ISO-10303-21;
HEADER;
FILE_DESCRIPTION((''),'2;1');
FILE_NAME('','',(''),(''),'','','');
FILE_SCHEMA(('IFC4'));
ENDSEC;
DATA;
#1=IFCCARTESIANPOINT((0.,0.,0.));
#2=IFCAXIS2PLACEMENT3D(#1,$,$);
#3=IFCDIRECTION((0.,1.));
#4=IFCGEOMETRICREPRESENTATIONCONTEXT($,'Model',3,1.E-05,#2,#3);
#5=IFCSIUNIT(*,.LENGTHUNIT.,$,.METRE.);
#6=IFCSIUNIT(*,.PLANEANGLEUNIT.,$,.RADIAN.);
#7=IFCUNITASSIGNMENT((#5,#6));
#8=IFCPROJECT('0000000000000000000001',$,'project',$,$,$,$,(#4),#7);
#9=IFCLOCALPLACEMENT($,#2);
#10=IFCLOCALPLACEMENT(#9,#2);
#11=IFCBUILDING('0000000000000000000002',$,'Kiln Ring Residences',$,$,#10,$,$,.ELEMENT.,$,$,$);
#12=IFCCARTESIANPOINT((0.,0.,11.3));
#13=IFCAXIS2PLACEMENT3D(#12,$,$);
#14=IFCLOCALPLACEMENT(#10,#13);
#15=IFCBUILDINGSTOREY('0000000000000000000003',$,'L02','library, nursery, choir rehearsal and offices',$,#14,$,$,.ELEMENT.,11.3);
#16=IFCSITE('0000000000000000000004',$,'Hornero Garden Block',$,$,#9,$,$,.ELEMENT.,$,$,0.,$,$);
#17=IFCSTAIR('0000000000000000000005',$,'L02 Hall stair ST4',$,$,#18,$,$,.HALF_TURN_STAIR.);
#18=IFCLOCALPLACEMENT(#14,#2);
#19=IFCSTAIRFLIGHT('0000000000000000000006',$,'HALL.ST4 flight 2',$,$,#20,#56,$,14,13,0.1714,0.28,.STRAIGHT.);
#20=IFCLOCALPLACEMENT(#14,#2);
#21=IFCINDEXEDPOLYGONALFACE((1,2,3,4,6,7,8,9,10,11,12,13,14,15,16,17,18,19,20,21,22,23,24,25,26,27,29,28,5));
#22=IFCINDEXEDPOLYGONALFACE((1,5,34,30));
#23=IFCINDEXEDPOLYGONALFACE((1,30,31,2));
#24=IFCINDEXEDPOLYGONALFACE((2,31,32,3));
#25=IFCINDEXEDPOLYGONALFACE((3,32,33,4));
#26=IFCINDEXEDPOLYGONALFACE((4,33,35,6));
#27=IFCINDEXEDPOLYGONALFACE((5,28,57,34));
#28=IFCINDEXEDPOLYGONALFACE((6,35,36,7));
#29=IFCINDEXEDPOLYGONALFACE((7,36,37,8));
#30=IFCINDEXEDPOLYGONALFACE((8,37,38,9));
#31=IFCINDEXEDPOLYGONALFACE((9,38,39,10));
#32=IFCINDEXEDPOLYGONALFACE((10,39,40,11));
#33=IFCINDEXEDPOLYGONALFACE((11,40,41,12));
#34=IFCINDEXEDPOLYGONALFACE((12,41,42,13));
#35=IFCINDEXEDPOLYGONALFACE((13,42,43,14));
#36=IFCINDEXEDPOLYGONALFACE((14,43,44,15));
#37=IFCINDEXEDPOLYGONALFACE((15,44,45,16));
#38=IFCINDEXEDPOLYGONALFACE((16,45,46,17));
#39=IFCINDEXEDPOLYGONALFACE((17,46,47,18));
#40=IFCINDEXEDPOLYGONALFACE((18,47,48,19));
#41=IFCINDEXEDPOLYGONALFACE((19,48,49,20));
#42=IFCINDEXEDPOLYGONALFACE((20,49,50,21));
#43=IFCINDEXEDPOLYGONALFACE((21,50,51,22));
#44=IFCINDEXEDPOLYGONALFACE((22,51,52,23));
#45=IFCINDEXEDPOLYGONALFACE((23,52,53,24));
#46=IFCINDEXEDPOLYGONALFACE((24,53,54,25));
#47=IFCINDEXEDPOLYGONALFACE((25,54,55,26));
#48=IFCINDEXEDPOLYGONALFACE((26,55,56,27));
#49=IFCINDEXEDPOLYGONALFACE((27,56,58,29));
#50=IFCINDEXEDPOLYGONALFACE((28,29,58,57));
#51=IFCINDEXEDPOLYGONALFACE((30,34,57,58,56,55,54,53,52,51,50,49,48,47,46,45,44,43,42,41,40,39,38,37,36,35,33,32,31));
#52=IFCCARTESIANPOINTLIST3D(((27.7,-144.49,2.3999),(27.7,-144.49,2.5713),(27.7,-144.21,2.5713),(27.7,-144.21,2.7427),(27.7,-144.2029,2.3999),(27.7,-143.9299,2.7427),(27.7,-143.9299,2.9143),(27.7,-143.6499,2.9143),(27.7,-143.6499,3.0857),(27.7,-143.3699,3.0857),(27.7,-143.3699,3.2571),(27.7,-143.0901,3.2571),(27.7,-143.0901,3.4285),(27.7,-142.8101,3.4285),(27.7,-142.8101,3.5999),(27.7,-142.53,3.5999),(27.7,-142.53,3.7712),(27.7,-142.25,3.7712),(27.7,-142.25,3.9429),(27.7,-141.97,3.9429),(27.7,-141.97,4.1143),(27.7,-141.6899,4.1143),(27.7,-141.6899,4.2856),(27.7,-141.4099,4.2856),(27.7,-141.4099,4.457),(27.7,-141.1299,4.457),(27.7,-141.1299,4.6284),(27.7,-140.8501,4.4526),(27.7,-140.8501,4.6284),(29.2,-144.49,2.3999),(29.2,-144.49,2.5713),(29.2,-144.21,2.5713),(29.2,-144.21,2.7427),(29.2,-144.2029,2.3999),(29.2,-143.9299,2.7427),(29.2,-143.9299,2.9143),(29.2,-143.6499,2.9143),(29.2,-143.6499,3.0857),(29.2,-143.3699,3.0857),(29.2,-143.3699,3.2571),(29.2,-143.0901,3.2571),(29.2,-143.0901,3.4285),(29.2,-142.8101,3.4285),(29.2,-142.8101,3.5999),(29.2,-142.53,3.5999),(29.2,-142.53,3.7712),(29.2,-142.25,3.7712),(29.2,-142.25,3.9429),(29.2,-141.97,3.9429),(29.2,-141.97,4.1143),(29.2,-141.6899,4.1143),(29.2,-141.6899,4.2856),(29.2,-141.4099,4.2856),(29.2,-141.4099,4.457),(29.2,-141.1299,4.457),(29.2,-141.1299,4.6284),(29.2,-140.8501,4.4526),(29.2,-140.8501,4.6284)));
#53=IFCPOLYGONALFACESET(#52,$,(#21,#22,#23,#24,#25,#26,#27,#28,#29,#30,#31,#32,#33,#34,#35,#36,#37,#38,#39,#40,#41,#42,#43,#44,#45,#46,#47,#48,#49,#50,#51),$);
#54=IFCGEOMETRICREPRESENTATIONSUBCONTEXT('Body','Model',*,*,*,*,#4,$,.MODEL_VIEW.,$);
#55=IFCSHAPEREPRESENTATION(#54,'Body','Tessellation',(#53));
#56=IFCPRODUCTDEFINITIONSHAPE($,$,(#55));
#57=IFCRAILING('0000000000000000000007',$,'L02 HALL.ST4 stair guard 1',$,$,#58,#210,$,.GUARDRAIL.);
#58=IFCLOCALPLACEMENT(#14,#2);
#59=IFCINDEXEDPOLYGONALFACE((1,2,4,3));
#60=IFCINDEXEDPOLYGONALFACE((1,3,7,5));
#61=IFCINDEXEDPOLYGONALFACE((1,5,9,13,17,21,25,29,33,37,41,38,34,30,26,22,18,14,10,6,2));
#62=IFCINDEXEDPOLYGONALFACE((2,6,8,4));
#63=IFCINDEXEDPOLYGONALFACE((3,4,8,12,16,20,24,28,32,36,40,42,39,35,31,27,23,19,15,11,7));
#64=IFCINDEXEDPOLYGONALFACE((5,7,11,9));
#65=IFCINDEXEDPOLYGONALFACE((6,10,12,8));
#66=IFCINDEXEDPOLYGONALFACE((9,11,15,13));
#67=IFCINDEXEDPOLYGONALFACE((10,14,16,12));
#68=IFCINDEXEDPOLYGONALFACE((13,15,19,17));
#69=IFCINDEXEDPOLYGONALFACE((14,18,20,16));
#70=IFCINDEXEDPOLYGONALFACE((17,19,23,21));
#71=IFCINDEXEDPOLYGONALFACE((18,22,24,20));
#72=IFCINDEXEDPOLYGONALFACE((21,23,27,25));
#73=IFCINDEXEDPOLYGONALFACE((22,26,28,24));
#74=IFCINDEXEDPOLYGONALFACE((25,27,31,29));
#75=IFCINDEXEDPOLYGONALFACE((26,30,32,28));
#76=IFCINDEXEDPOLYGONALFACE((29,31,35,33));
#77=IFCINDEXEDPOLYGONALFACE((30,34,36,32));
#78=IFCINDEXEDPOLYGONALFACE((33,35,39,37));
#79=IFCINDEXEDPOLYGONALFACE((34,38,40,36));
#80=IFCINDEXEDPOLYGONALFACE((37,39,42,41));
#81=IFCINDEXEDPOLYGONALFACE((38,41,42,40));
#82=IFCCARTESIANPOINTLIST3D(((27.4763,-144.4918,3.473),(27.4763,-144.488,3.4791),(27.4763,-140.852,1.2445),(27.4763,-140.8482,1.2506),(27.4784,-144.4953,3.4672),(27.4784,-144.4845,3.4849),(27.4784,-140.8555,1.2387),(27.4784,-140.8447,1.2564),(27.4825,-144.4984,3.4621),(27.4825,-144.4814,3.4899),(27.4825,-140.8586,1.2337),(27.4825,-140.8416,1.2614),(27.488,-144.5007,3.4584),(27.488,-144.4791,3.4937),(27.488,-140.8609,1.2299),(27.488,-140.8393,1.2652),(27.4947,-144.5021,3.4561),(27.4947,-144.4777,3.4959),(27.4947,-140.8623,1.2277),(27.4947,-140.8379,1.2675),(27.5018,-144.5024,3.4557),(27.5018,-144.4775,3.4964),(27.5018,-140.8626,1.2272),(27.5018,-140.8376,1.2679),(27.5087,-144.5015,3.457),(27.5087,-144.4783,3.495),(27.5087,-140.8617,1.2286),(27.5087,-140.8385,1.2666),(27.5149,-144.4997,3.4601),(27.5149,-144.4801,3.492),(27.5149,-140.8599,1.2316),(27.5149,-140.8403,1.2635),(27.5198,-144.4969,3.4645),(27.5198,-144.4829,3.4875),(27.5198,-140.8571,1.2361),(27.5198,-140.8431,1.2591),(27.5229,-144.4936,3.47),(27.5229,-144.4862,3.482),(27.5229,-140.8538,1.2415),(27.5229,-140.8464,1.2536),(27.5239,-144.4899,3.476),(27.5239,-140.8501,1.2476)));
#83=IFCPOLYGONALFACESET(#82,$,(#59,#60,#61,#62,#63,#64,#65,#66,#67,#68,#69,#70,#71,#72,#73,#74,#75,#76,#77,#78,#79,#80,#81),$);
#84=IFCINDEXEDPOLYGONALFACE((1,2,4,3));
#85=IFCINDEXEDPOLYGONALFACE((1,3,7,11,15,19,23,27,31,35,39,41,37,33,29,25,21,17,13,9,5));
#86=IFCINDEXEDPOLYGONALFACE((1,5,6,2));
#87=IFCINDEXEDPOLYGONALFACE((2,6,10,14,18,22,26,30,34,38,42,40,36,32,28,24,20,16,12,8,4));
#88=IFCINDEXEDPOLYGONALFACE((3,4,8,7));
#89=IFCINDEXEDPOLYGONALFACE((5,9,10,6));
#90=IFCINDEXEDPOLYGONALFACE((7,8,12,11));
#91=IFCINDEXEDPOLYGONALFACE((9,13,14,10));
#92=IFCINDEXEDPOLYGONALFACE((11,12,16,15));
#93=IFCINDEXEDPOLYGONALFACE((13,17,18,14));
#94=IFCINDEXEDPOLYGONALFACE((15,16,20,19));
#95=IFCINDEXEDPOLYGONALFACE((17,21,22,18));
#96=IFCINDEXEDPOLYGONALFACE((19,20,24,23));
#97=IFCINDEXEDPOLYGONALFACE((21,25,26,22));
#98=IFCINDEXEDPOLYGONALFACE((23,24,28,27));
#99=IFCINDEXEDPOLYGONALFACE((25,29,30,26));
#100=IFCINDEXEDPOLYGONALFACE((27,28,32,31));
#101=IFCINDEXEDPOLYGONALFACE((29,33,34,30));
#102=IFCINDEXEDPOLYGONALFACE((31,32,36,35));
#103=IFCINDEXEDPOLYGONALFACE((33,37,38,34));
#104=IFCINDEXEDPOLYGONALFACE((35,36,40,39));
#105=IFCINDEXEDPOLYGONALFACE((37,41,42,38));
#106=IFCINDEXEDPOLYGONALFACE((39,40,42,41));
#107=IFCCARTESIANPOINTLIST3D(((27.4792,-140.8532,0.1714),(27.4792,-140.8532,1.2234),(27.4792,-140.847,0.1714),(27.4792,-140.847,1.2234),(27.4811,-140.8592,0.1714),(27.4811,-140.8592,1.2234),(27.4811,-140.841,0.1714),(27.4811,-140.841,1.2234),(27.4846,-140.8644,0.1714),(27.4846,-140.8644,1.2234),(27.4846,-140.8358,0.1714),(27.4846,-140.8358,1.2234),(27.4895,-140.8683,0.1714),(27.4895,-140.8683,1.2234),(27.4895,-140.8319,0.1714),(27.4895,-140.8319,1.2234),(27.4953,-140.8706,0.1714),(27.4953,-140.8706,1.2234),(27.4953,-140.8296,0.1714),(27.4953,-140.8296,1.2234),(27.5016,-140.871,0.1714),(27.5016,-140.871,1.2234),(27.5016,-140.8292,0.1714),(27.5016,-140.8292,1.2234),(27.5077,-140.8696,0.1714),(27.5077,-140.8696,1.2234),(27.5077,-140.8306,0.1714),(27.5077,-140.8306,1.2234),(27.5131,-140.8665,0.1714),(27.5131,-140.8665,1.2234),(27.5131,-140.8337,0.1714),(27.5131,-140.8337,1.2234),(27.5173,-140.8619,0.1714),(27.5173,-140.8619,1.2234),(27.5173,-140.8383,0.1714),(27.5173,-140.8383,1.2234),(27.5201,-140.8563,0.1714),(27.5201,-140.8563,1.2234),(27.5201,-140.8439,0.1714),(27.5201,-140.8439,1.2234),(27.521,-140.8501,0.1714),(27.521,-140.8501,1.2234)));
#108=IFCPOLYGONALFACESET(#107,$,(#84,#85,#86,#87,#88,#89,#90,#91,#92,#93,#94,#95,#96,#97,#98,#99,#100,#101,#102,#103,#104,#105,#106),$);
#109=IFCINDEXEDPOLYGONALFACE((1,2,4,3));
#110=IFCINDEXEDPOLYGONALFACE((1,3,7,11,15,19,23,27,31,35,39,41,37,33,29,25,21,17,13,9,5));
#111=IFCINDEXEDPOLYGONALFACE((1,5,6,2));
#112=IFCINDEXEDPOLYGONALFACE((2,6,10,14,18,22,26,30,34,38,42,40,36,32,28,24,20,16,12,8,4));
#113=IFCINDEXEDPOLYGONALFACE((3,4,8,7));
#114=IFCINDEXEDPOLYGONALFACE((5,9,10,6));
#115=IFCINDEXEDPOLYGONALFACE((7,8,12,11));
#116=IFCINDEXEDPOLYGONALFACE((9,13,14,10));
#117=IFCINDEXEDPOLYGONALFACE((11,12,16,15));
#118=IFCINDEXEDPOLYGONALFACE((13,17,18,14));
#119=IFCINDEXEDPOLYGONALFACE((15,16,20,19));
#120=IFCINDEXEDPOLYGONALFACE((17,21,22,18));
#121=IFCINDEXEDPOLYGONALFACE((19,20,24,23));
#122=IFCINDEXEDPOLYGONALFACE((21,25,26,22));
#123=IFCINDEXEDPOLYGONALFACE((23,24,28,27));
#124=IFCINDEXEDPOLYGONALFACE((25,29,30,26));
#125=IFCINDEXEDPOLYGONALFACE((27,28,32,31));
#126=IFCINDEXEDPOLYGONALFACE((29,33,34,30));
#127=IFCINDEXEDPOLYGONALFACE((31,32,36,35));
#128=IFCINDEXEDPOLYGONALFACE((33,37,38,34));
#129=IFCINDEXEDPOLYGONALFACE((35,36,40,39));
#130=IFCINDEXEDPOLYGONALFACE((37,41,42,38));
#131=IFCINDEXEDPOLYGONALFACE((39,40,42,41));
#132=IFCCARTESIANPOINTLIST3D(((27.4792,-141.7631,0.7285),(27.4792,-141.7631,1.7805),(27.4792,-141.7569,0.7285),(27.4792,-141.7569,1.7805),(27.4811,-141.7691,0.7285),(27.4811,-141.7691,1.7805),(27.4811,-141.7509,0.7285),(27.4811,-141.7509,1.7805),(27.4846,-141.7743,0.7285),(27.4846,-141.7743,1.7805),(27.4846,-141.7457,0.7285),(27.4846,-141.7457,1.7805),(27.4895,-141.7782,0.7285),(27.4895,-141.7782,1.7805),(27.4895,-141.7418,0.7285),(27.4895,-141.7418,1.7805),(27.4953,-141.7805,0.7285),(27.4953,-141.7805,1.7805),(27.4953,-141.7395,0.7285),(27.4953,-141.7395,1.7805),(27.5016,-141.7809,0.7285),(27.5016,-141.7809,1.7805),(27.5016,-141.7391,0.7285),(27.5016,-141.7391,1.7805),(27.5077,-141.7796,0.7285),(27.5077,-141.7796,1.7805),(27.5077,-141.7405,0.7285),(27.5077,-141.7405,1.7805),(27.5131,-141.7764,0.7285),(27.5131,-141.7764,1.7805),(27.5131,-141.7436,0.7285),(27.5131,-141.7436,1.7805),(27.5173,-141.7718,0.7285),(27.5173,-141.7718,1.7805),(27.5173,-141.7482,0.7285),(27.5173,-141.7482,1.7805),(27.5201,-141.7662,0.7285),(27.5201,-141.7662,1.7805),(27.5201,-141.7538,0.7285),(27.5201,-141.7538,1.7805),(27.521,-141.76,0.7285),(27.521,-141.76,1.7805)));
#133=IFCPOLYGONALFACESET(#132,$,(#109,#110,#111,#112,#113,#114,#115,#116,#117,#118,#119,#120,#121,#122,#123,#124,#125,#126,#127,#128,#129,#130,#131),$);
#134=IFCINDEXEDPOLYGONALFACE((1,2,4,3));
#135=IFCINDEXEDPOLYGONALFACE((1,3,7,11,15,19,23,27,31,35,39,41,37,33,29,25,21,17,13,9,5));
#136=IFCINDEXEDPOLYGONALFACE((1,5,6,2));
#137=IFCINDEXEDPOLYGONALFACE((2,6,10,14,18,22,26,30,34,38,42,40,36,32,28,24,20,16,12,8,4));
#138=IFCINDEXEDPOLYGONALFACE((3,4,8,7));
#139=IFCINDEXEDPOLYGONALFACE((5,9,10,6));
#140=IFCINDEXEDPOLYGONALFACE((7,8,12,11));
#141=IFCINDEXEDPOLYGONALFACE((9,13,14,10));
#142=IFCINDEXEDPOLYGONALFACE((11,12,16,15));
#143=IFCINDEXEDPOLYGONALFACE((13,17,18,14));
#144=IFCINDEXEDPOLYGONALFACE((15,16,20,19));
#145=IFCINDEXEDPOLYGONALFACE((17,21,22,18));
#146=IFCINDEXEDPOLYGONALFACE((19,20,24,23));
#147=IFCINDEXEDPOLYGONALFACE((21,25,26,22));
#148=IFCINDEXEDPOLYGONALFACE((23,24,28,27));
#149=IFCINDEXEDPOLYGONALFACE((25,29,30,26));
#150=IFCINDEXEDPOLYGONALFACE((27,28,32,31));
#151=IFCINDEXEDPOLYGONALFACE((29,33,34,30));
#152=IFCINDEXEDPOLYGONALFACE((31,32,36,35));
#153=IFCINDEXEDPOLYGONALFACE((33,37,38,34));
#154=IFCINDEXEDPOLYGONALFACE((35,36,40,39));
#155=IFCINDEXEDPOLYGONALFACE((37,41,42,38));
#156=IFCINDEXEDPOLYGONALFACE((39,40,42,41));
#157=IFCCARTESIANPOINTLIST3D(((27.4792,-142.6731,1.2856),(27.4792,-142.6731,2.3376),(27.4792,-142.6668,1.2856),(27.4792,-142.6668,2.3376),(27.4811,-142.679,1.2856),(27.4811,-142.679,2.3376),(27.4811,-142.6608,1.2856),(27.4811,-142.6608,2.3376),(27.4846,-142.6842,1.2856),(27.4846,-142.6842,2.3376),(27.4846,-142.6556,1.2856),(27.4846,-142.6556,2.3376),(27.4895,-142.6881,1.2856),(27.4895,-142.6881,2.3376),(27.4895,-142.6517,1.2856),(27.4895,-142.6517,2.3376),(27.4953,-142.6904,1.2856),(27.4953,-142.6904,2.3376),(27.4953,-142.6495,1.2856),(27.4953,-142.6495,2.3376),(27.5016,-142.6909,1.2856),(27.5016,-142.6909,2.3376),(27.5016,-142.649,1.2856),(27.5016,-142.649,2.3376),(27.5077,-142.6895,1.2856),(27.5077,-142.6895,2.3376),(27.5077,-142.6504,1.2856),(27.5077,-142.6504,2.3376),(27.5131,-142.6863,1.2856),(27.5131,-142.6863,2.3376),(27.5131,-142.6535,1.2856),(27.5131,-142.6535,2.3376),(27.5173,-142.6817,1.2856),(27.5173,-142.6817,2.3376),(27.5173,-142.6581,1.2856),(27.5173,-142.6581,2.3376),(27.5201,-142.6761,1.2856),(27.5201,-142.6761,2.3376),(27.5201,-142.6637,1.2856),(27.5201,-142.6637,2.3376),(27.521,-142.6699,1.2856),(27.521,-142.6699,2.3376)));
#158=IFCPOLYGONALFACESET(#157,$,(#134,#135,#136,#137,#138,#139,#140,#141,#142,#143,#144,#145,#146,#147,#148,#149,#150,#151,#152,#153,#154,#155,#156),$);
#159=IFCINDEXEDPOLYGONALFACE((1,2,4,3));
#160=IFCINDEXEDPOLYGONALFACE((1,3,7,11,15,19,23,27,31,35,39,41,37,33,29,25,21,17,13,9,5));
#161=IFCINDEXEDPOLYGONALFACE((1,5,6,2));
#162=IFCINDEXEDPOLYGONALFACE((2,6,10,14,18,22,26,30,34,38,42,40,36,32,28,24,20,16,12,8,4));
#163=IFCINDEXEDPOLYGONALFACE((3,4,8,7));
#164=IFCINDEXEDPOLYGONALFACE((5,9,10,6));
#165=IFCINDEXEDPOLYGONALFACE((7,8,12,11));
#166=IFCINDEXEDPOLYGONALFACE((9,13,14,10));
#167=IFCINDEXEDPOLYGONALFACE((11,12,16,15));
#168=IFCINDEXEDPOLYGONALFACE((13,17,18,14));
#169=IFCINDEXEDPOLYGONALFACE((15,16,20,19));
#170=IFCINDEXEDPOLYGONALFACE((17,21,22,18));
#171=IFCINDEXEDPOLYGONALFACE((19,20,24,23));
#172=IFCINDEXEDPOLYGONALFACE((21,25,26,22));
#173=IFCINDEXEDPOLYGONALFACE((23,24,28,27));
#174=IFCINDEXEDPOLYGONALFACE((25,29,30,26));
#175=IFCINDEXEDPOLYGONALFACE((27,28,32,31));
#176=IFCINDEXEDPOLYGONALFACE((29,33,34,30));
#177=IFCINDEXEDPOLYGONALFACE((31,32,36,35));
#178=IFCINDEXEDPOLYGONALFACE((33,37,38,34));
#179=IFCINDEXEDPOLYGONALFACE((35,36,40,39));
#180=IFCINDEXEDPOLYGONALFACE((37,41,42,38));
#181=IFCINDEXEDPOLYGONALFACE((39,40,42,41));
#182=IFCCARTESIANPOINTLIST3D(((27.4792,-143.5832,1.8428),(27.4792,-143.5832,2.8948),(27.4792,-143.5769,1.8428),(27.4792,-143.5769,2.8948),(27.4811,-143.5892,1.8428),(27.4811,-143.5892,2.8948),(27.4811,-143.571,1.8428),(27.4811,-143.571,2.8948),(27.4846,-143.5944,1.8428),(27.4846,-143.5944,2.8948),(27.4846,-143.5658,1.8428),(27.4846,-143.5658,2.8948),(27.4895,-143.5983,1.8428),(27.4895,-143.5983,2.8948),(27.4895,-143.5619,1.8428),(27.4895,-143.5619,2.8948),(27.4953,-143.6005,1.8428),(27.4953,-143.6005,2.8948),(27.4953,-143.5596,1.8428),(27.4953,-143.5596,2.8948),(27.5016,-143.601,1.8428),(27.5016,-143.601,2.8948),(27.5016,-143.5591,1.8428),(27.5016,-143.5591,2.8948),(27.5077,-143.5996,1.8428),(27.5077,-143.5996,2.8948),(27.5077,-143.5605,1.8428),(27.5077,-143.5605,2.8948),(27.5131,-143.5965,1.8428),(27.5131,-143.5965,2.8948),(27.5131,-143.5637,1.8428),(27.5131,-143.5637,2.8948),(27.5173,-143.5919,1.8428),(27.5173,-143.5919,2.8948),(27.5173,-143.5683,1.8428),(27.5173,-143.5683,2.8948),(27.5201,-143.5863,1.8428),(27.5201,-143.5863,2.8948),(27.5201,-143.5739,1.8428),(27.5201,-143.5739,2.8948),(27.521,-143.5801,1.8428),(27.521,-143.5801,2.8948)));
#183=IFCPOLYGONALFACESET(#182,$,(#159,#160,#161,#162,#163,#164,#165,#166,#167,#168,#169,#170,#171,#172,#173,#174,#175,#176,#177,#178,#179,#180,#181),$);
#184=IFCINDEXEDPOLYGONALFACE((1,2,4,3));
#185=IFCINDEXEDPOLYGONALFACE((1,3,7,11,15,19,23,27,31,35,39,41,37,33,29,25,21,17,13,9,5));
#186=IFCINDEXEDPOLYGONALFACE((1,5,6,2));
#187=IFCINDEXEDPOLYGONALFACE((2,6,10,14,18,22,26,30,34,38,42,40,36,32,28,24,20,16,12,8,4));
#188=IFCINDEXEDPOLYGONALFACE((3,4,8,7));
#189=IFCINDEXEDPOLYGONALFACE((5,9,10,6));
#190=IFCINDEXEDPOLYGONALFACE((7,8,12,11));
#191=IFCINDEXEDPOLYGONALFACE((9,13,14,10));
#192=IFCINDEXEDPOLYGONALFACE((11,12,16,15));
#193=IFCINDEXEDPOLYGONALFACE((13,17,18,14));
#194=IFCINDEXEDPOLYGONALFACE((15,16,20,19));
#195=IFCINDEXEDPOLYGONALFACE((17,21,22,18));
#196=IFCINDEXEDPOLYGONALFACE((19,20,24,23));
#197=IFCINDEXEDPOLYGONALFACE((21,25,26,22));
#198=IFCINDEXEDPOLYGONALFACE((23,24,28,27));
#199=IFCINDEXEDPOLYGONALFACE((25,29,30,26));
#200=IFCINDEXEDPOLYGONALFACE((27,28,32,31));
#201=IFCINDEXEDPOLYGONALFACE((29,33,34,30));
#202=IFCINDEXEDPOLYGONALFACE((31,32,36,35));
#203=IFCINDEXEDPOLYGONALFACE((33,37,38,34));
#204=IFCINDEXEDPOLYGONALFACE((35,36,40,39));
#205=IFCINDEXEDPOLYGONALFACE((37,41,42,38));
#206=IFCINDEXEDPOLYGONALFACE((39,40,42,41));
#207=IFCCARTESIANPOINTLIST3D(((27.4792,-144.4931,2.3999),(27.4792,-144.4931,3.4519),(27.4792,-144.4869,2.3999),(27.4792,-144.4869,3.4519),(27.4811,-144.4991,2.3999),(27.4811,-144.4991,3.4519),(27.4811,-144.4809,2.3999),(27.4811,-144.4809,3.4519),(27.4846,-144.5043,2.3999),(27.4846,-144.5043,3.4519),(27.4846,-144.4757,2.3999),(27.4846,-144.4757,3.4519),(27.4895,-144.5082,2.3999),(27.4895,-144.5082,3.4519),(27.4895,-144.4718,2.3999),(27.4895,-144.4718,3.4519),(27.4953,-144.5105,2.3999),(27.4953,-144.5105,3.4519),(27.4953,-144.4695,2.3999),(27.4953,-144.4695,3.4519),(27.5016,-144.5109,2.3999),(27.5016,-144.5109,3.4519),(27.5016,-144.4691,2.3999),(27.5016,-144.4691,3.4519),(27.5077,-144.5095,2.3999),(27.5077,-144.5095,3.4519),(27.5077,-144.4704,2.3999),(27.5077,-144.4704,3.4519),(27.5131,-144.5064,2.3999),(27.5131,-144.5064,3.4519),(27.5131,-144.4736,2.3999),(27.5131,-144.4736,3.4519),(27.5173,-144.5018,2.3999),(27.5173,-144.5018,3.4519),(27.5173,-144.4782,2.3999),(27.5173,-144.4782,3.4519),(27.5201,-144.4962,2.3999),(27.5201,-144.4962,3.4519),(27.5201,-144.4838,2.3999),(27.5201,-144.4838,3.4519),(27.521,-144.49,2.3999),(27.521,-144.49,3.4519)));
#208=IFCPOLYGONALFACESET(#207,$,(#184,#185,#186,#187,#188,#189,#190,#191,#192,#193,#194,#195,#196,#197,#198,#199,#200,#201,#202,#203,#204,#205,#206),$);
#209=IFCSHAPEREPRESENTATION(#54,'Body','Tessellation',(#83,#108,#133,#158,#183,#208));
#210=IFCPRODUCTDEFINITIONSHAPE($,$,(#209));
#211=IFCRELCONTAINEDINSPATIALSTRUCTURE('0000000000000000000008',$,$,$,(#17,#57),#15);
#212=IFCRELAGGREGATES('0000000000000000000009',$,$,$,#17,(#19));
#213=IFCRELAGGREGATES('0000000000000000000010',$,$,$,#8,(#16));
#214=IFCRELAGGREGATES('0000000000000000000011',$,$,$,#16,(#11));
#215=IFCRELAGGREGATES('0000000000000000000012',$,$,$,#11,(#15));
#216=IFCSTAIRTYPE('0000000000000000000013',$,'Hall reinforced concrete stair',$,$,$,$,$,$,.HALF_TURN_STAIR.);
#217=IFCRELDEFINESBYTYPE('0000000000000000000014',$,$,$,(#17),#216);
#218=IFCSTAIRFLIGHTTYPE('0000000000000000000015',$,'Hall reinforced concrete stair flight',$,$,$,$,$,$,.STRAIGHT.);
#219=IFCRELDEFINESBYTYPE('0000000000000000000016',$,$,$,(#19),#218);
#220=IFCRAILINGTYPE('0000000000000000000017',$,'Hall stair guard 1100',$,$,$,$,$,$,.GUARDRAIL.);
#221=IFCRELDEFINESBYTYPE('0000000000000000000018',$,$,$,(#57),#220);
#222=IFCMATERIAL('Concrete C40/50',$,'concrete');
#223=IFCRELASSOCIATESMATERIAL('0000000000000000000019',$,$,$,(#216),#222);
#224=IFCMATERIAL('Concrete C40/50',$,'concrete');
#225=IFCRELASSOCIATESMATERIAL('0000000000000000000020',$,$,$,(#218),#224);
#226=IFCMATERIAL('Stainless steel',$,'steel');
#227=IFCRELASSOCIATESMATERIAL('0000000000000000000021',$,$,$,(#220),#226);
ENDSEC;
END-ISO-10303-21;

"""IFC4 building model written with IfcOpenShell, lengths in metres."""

from ifc_helpers import new_model, si_unit, direction, frame, origin, origin_2d, place, context, subcontext, project, spatial, polyline, circle, outline, extrude, material, type_object, element, aggregate, save


model = new_model("IFC4")

# Units and contexts
model_context = context("Model", 3, precision=1e-05, world=origin(), true_north=direction((0.0, 1.0)))
body_context = subcontext(model_context, "Body", "Model", "MODEL_VIEW")
ifc_project = project(units=[si_unit("LENGTHUNIT", "METRE"), si_unit("PLANEANGLEUNIT", "RADIAN")], contexts=[model_context])

# Site, building, storey
site_placement = place(None, origin())
site = spatial("IfcSite", under=ifc_project, at=site_placement, Name="Hornero Garden Block", CompositionType="ELEMENT", RefElevation=0.0)
building_placement = place(site_placement, origin())
building = spatial("IfcBuilding", under=site, at=building_placement, Name="Kiln Ring Residences", CompositionType="ELEMENT")
storey_placement = place(building_placement, frame((0.0, 0.0, 11.3)))
storey = spatial("IfcBuildingStorey", under=building, at=storey_placement, Name="L02", Description="library, nursery, choir rehearsal and offices", CompositionType="ELEMENT", Elevation=11.3)

# Stair, stair flight
ifc_material_1 = material(Name="Concrete C40/50", Category="concrete")
stair_type = type_object("IfcStairType", Name="Hall reinforced concrete stair", PredefinedType="HALF_TURN_STAIR", material=ifc_material_1)
stair_placement = place(storey_placement, origin())
stair = element("IfcStair", 1, at=stair_placement, inside=storey, type_object=stair_type, Name="L02 Hall stair ST4", PredefinedType="HALF_TURN_STAIR")
ifc_material_2 = material(Name="Concrete C40/50", Category="concrete")
stair_flight_type = type_object("IfcStairFlightType", Name="Hall reinforced concrete stair flight", PredefinedType="STRAIGHT", material=ifc_material_2)
stair_flight_1_placement = place(storey_placement, frame((28.45, -144.49, 2.3999), z_axis=(0.0, 0.0, 1.0), x_axis=(0.0, 1.0, 0.0)))
stair_flight_1 = element("IfcStairFlight", 2, at=stair_flight_1_placement, type_object=stair_flight_type, Name="HALL.ST4 flight 2", NumberOfRisers=14, NumberOfTreads=13, PredefinedType="STRAIGHT", RiserHeight=0.1714, TreadLength=0.28, context=body_context, shape_type="SweptSolid", body=[
    extrude(outline(polyline([(0.0, 0.0), (0.0, 0.1714), (0.28, 0.1714), (0.28, 0.3428), (0.5601, 0.3428), (0.5601, 0.5144), (0.8401, 0.5144), (0.8401, 0.6858), (1.1201, 0.6858), (1.1201, 0.8572), (1.3999, 0.8572), (1.3999, 1.0286), (1.6799, 1.0286), (1.6799, 1.2), (1.96, 1.2), (1.96, 1.3713), (2.24, 1.3713), (2.24, 1.543), (2.52, 1.543), (2.52, 1.7144), (2.8, 1.7144), (2.8, 1.8857), (3.0801, 1.8857), (3.0801, 2.0571), (3.3601, 2.0571), (3.3601, 2.2285), (3.6399, 2.2285), (3.6399, 2.3999), (3.6399, 2.0527), (0.2871, 0.0), (0.0, 0.0)])), frame((0.0, 0.75, 0.0), z_axis=(0.0, -1.0, 0.0), x_axis=(1.0, 0.0, 0.0)), (0.0, 0.0, 1.0), 1.5),
])
aggregate(stair, [stair_flight_1])

# Railing
ifc_material_3 = material(Name="Stainless steel", Category="steel")
railing_type_1 = type_object("IfcRailingType", Name="Hall stair guard 1100", PredefinedType="GUARDRAIL", material=ifc_material_3)
railing_1_placement = place(storey_placement, frame((27.5, -140.8501, 0.1714)))
element("IfcRailing", 3, at=railing_1_placement, inside=storey, type_object=railing_type_1, Name="L02 HALL.ST4 stair guard 1", PredefinedType="GUARDRAIL", context=body_context, shape_type="SweptSolid", body=[
    extrude(circle(Radius=0.0239, at=origin_2d()), frame((0.0, 0.0, 1.0762), z_axis=(0.0, -0.85285, 0.522156), x_axis=(1.0, 0.0, 0.0)), (0.0, 0.0, 1.0), 4.2678),
    extrude(circle(Radius=0.021, at=origin_2d()), origin(), (0.0, 0.0, 1.0), 1.052),
    extrude(circle(Radius=0.021, at=origin_2d()), frame((0.0, -0.9099, 0.5571)), (0.0, 0.0, 1.0), 1.052),
    extrude(circle(Radius=0.021, at=origin_2d()), frame((0.0, -1.8198, 1.1143)), (0.0, 0.0, 1.0), 1.052),
    extrude(circle(Radius=0.021, at=origin_2d()), frame((0.0, -2.73, 1.6714)), (0.0, 0.0, 1.0), 1.052),
    extrude(circle(Radius=0.021, at=origin_2d()), frame((0.0, -3.6399, 2.2285)), (0.0, 0.0, 1.0), 1.052),
])

save(model, "model.ifc")
